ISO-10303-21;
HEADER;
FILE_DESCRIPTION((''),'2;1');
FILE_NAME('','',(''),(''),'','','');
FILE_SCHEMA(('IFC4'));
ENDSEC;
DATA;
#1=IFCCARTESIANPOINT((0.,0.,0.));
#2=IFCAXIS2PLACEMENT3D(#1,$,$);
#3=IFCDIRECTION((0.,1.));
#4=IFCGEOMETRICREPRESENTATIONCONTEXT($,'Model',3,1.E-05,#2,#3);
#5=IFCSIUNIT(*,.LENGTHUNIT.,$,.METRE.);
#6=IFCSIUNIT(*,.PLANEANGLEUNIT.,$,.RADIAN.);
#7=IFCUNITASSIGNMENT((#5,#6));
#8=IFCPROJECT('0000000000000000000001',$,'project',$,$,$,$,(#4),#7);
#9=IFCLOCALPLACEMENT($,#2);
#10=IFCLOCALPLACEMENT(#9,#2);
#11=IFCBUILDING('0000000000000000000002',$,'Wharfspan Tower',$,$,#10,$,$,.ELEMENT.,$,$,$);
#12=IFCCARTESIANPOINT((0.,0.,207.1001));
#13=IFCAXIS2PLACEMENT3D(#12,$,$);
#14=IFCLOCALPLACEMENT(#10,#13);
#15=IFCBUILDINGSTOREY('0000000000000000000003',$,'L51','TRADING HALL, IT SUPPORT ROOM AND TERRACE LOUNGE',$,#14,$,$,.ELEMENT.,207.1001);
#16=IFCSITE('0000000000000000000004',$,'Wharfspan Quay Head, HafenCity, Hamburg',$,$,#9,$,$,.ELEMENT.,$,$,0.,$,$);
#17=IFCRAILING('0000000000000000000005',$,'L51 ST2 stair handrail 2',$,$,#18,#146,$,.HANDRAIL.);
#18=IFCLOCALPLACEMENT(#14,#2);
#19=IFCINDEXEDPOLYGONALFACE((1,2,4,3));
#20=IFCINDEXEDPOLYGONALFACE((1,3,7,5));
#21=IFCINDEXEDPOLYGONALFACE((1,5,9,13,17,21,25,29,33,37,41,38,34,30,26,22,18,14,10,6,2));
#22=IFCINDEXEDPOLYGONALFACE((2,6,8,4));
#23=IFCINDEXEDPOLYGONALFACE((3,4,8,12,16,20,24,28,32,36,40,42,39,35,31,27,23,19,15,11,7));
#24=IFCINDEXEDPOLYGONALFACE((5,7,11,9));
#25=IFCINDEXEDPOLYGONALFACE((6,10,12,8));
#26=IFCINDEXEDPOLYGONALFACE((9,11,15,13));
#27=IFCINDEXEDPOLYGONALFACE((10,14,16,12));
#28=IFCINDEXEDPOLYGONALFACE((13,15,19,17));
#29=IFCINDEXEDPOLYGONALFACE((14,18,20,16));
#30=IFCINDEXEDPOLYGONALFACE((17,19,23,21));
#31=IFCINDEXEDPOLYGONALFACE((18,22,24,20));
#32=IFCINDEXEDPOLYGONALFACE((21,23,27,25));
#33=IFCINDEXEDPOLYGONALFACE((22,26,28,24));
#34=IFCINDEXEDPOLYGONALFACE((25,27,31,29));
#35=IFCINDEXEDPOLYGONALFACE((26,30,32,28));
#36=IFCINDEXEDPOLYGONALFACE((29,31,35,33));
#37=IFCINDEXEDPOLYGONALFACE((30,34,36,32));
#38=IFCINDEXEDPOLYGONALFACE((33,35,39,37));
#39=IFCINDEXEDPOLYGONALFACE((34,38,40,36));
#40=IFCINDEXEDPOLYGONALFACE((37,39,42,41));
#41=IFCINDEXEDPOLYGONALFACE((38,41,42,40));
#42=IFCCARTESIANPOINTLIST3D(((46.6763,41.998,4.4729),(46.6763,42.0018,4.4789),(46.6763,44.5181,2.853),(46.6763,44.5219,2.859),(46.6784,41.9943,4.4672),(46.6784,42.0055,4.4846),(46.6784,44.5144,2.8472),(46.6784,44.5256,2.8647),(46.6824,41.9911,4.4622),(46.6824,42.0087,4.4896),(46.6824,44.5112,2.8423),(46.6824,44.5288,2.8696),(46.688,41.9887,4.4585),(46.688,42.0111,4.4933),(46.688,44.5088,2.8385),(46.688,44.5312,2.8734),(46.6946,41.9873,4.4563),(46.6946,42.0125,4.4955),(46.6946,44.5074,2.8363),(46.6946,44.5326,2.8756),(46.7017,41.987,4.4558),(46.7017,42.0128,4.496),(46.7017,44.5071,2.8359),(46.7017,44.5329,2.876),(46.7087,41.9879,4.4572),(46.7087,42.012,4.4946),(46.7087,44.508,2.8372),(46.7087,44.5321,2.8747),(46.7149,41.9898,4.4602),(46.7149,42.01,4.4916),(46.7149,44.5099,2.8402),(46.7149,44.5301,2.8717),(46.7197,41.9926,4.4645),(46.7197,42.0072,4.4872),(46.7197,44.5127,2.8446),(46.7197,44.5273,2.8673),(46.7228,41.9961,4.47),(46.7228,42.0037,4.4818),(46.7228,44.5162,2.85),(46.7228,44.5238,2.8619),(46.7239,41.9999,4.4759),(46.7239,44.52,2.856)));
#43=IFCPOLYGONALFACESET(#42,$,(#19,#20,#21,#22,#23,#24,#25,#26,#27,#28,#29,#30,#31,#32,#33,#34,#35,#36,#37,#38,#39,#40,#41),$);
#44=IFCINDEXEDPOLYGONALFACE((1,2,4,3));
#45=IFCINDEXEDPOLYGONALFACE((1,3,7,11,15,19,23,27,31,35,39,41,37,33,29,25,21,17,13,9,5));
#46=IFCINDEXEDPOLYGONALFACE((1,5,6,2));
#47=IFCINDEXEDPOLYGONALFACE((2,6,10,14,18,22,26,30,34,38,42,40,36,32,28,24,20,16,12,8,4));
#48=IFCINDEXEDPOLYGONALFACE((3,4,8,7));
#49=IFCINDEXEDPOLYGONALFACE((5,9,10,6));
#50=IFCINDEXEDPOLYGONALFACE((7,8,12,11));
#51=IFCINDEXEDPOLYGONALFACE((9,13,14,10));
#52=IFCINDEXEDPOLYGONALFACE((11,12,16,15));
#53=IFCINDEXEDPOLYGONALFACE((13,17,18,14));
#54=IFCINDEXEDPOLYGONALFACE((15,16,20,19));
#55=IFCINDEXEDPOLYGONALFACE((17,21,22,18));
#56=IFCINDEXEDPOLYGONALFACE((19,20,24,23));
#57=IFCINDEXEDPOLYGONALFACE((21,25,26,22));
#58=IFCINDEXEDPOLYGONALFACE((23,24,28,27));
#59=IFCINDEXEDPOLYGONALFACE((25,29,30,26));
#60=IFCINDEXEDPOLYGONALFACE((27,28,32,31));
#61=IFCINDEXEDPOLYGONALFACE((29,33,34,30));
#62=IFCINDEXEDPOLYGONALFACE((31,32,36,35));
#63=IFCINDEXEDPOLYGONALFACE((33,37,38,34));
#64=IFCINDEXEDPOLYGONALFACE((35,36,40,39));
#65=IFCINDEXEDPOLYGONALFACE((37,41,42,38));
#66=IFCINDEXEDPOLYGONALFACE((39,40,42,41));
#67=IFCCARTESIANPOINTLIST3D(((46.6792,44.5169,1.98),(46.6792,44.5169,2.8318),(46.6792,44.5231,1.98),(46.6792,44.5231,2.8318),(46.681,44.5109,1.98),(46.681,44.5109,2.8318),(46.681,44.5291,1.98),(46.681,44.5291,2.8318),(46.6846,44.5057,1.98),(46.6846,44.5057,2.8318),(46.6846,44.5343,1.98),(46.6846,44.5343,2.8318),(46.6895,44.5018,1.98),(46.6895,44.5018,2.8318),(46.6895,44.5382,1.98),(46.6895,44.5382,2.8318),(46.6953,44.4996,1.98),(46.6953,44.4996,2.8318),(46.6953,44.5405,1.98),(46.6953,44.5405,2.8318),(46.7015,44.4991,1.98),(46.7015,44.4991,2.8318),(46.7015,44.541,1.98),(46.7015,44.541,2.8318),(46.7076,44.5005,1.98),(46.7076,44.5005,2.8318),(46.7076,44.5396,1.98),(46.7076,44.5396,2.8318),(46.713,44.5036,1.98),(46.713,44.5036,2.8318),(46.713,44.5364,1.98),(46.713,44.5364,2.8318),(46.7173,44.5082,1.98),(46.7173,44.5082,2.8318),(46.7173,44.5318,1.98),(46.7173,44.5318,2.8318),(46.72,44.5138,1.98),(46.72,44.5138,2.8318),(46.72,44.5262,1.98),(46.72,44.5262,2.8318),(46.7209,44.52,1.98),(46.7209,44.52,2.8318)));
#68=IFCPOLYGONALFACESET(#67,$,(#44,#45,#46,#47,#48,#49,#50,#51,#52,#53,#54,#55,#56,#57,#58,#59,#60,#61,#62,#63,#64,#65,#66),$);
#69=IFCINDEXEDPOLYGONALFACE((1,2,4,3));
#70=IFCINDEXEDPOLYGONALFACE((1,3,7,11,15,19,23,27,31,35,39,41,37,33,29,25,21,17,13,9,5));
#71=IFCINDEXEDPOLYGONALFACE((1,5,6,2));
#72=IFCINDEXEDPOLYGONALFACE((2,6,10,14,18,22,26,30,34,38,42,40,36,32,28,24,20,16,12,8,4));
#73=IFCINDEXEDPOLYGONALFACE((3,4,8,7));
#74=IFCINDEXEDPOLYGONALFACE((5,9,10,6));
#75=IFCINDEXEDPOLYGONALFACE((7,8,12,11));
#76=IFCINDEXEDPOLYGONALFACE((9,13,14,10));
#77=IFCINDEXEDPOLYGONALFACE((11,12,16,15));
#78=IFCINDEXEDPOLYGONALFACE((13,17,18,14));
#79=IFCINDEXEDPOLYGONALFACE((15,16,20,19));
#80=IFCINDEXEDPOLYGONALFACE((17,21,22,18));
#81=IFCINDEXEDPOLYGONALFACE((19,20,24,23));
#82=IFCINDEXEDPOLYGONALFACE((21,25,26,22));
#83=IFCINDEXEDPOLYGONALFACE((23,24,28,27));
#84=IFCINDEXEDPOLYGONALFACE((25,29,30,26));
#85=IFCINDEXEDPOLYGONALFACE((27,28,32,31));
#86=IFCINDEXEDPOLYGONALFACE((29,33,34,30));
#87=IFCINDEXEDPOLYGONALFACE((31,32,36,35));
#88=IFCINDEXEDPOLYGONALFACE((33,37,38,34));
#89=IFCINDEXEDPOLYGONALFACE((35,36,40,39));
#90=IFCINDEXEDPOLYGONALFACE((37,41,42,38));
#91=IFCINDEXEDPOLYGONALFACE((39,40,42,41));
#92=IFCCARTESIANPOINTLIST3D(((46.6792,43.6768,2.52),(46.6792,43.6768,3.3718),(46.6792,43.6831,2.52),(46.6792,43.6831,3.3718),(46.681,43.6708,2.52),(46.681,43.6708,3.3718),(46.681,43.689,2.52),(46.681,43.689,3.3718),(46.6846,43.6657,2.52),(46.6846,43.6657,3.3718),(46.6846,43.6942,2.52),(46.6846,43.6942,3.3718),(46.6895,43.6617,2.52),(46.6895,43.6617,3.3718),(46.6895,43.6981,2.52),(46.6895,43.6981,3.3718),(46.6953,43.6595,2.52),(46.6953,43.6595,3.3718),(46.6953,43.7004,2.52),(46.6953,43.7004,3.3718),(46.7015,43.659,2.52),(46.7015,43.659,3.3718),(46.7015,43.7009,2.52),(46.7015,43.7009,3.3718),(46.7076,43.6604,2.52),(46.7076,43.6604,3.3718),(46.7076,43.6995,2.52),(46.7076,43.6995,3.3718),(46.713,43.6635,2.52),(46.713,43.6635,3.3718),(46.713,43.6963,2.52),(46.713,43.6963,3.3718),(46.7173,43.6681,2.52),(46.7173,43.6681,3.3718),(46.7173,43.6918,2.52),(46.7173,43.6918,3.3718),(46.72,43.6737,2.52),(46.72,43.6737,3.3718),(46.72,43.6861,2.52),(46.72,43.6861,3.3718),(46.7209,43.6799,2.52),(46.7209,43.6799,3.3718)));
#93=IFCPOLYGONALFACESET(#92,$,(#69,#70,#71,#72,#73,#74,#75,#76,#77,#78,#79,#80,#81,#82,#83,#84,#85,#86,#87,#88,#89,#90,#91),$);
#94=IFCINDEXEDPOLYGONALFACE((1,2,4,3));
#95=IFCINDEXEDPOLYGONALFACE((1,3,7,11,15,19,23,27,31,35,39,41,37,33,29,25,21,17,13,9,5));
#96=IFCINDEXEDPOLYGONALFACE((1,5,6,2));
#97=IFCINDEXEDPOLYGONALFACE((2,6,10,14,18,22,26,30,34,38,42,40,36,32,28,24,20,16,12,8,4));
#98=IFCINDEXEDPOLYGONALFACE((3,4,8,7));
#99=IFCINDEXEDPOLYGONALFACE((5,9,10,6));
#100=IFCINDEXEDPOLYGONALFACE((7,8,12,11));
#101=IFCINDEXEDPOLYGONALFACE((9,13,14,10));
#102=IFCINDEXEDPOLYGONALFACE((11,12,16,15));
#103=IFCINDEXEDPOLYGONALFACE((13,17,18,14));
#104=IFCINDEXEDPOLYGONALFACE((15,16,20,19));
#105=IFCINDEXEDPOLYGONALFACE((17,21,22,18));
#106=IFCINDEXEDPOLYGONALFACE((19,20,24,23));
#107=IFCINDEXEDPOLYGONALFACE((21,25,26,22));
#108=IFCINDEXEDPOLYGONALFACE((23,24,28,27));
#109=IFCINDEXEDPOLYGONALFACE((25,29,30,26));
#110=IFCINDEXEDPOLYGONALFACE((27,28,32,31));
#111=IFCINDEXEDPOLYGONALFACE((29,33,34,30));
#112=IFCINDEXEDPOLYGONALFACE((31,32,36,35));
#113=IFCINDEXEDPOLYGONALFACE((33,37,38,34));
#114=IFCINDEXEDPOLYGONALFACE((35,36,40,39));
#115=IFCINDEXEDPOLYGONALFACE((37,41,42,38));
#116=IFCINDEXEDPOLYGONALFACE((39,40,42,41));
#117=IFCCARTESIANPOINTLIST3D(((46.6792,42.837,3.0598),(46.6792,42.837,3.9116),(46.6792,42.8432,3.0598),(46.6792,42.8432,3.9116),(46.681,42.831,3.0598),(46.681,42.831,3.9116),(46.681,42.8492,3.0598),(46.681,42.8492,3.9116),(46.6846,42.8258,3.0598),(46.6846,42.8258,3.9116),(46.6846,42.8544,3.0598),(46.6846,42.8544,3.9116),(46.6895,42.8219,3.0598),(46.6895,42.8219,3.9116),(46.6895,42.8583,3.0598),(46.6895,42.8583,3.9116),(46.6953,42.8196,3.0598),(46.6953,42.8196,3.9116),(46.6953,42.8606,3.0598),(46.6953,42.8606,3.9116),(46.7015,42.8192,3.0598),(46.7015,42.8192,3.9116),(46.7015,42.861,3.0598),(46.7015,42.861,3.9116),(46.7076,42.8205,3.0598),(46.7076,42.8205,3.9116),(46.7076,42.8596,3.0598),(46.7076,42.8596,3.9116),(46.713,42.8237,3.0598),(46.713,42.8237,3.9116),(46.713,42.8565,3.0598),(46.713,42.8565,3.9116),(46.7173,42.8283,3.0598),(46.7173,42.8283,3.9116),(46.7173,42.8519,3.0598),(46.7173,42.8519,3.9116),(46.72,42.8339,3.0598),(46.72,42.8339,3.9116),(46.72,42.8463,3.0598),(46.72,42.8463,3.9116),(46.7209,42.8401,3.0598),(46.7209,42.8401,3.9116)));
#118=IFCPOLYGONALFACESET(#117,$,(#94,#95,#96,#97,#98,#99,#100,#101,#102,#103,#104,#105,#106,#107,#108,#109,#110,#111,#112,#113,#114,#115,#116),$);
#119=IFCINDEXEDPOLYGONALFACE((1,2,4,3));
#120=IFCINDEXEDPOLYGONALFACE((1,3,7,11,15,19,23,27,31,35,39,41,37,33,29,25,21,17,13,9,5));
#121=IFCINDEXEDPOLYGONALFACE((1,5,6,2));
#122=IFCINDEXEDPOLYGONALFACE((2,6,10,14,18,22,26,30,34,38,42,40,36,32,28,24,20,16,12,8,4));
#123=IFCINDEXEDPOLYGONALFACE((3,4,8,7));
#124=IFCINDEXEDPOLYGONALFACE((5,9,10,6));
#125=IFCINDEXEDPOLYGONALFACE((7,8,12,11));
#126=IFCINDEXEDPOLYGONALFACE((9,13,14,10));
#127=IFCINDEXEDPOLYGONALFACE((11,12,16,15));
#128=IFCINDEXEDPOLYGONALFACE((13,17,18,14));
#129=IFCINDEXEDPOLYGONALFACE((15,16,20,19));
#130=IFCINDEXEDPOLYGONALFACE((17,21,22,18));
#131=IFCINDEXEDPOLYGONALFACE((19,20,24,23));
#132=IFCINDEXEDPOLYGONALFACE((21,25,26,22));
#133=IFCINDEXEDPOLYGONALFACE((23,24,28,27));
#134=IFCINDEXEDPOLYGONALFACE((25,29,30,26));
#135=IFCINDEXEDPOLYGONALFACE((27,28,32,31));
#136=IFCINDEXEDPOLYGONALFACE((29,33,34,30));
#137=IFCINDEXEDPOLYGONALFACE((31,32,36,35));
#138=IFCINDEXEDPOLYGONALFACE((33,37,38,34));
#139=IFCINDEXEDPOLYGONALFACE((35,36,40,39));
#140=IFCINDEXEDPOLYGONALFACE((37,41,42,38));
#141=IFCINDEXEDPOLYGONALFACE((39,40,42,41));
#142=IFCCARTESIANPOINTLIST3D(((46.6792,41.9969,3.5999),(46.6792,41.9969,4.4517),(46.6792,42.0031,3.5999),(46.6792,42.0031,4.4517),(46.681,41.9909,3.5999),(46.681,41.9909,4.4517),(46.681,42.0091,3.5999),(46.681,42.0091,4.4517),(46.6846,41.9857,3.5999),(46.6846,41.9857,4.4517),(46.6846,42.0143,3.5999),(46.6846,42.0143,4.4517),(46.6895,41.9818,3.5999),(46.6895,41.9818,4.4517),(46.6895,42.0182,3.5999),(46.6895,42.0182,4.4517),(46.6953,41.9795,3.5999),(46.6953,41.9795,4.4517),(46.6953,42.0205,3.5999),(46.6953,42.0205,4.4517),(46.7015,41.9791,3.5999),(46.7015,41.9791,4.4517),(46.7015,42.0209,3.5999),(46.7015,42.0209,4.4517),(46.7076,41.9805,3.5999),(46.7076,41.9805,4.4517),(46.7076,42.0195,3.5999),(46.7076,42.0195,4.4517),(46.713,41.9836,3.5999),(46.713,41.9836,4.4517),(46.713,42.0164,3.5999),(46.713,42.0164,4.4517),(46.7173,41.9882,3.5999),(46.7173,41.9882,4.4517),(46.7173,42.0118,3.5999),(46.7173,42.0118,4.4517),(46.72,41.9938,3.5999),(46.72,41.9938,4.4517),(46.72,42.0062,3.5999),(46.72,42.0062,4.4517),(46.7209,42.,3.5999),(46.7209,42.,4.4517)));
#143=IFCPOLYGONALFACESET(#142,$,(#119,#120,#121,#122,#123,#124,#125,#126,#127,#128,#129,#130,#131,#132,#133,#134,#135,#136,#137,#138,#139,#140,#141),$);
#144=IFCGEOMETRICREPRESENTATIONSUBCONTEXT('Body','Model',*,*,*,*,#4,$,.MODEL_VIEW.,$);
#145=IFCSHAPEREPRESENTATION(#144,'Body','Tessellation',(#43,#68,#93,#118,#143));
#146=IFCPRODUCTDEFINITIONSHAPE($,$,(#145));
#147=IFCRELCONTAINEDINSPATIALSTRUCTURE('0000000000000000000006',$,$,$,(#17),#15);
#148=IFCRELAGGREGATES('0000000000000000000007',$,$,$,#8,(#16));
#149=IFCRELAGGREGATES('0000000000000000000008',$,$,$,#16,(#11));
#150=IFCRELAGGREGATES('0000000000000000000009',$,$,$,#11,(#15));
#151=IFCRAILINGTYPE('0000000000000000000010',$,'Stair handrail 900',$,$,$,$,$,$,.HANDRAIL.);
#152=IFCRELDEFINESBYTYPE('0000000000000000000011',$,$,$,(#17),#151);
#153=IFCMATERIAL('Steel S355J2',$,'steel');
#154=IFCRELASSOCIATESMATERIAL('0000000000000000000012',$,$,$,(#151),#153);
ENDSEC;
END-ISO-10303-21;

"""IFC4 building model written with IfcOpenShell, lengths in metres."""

from ifc_helpers import new_model, si_unit, direction, frame, origin, origin_2d, place, context, subcontext, project, spatial, circle, extrude, material, type_object, element, save


model = new_model("IFC4")

# Units and contexts
model_context = context("Model", 3, precision=1e-05, world=origin(), true_north=direction((0.0, 1.0)))
body_context = subcontext(model_context, "Body", "Model", "MODEL_VIEW")
ifc_project = project(units=[si_unit("LENGTHUNIT", "METRE"), si_unit("PLANEANGLEUNIT", "RADIAN")], contexts=[model_context])

# Site, building, storey
site_placement = place(None, origin())
site = spatial("IfcSite", under=ifc_project, at=site_placement, Name="Wharfspan Quay Head, HafenCity, Hamburg", CompositionType="ELEMENT", RefElevation=0.0)
building_placement = place(site_placement, origin())
building = spatial("IfcBuilding", under=site, at=building_placement, Name="Wharfspan Tower", CompositionType="ELEMENT")
storey_placement = place(building_placement, frame((0.0, 0.0, 207.1001)))
storey = spatial("IfcBuildingStorey", under=building, at=storey_placement, Name="L51", Description="TRADING HALL, IT SUPPORT ROOM AND TERRACE LOUNGE", CompositionType="ELEMENT", Elevation=207.1001)

# Shared definitions
ifc_material_1 = material(Name="Steel S355J2", Category="steel")

# Railing
railing_type_1 = type_object("IfcRailingType", Name="Stair handrail 900", PredefinedType="HANDRAIL", material=ifc_material_1)
railing_1_placement = place(storey_placement, frame((46.7, 44.52, 1.98)))
element("IfcRailing", 1, at=railing_1_placement, inside=storey, type_object=railing_type_1, Name="L51 ST2 stair handrail 2", PredefinedType="HANDRAIL", context=body_context, shape_type="SweptSolid", body=[
    extrude(circle(Radius=0.0239, at=origin_2d()), frame((0.0, 0.0, 0.876), z_axis=(0.0, -0.8412, 0.540725), x_axis=(1.0, 0.0, 0.0)), (0.0, 0.0, 1.0), 2.9958),
    extrude(circle(Radius=0.021, at=origin_2d()), origin(), (0.0, 0.0, 1.0), 0.8518),
    extrude(circle(Radius=0.021, at=origin_2d()), frame((0.0, -0.8401, 0.54)), (0.0, 0.0, 1.0), 0.8518),
    extrude(circle(Radius=0.021, at=origin_2d()), frame((0.0, -1.6799, 1.0798)), (0.0, 0.0, 1.0), 0.8518),
    extrude(circle(Radius=0.021, at=origin_2d()), frame((0.0, -2.52, 1.6199)), (0.0, 0.0, 1.0), 0.8518),
])

save(model, "model.ifc")
